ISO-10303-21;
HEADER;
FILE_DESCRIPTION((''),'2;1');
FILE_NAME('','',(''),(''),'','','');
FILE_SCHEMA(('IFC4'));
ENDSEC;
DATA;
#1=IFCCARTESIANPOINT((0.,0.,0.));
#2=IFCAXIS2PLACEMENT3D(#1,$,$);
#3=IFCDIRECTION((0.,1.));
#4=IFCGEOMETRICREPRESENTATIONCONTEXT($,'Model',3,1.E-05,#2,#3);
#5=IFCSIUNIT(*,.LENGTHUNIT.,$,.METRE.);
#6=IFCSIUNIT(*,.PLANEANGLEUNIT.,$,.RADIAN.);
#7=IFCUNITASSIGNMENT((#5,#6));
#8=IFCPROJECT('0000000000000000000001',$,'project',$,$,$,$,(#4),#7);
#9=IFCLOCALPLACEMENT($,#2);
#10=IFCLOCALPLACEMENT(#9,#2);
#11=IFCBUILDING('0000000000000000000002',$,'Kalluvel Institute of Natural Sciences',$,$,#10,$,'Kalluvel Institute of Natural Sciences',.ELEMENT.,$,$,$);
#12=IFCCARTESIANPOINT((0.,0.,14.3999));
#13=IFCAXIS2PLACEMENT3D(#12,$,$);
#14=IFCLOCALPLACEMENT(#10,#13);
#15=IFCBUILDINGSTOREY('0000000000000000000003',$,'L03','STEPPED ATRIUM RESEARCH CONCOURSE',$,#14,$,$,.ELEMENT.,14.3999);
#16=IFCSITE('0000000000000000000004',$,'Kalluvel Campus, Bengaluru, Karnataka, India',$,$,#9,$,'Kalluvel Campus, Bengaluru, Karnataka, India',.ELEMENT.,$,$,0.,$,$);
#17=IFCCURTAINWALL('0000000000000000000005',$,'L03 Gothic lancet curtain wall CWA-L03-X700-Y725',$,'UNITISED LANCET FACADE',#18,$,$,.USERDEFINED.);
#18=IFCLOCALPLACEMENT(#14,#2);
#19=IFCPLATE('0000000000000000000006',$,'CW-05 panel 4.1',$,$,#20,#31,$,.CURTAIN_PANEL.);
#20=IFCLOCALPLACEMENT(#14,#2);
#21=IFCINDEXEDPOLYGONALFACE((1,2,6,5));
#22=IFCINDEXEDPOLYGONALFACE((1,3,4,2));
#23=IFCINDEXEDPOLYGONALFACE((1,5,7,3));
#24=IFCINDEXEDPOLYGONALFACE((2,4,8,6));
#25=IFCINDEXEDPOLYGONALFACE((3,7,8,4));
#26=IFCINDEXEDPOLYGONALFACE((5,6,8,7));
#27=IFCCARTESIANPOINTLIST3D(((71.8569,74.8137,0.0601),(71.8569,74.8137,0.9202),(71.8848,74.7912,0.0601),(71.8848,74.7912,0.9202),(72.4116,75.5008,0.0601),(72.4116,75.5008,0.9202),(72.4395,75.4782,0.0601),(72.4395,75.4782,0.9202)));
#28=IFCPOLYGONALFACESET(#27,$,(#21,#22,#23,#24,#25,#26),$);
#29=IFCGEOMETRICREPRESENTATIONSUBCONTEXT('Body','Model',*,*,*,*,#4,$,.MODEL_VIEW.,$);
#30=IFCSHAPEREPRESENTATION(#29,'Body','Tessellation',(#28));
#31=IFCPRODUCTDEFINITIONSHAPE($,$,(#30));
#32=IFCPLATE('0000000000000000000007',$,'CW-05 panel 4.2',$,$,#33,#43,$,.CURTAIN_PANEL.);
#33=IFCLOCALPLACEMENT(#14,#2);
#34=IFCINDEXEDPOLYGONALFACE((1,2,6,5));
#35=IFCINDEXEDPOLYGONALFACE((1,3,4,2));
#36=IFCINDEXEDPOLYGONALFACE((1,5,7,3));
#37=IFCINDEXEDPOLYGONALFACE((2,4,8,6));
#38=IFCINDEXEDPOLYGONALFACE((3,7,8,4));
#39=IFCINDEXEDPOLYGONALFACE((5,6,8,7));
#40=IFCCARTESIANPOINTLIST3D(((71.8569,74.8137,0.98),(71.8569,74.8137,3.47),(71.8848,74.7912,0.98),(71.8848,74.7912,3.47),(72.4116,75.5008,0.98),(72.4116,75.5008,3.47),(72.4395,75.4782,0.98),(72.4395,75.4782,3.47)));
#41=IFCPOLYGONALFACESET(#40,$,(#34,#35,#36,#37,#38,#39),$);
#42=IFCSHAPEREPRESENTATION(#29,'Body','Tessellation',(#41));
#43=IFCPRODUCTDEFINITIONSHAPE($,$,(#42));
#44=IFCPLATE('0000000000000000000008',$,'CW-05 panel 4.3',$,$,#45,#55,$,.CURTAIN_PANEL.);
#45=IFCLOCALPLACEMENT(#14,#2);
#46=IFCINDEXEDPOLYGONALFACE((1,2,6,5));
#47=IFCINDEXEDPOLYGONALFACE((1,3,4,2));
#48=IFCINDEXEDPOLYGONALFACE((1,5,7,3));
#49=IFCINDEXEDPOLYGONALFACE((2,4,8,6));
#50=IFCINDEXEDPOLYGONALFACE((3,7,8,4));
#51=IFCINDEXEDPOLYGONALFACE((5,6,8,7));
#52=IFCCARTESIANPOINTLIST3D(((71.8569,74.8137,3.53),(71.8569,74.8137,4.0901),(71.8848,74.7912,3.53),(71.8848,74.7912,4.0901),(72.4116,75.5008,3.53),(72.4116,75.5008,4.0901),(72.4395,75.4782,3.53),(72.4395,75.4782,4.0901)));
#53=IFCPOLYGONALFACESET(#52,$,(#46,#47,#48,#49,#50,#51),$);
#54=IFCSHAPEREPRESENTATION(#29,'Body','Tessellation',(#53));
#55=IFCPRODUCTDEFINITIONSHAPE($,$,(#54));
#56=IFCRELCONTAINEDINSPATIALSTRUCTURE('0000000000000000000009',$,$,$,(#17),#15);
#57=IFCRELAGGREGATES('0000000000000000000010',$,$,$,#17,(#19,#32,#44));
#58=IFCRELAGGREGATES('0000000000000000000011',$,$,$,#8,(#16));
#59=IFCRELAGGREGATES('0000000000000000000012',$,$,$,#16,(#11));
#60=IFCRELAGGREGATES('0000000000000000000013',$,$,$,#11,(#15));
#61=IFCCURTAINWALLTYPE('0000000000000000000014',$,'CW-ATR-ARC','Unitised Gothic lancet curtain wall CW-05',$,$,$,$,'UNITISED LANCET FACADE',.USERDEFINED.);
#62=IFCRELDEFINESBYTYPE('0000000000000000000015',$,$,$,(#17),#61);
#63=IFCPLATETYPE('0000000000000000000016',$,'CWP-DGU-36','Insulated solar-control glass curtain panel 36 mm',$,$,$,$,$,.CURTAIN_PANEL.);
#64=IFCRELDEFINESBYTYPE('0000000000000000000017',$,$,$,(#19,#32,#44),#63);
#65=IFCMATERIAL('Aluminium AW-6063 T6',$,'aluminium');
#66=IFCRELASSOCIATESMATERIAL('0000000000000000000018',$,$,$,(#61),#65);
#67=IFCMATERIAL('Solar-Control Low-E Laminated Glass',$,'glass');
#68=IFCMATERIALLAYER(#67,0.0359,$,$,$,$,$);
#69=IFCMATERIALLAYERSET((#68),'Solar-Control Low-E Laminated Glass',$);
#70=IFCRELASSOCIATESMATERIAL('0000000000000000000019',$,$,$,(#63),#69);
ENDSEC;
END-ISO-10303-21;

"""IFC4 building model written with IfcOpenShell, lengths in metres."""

from ifc_helpers import new_model, si_unit, direction, frame, origin, origin_2d, place, context, subcontext, project, spatial, rectangle, extrude, material, layer, layer_set, type_object, element, aggregate, save


model = new_model("IFC4")

# Units and contexts
model_context = context("Model", 3, precision=1e-05, world=origin(), true_north=direction((0.0, 1.0)))
body_context = subcontext(model_context, "Body", "Model", "MODEL_VIEW")
ifc_project = project(units=[si_unit("LENGTHUNIT", "METRE"), si_unit("PLANEANGLEUNIT", "RADIAN")], contexts=[model_context])

# Site, building, storey
site_placement = place(None, origin())
site = spatial("IfcSite", under=ifc_project, at=site_placement, Name="Kalluvel Campus, Bengaluru, Karnataka, India", LongName="Kalluvel Campus, Bengaluru, Karnataka, India", CompositionType="ELEMENT", RefElevation=0.0)
building_placement = place(site_placement, origin())
building = spatial("IfcBuilding", under=site, at=building_placement, Name="Kalluvel Institute of Natural Sciences", LongName="Kalluvel Institute of Natural Sciences", CompositionType="ELEMENT")
storey_placement = place(building_placement, frame((0.0, 0.0, 14.3999)))
storey = spatial("IfcBuildingStorey", under=building, at=storey_placement, Name="L03", Description="STEPPED ATRIUM RESEARCH CONCOURSE", CompositionType="ELEMENT", Elevation=14.3999)

# Curtain wall, plates
ifc_material_1 = material(Name="Aluminium AW-6063 T6", Category="aluminium")
curtain_wall_type = type_object("IfcCurtainWallType", Name="CW-ATR-ARC", Description="Unitised Gothic lancet curtain wall CW-05", ElementType="UNITISED LANCET FACADE", PredefinedType="USERDEFINED", material=ifc_material_1)
curtain_wall_placement = place(storey_placement, origin())
curtain_wall = element("IfcCurtainWall", 1, at=curtain_wall_placement, inside=storey, type_object=curtain_wall_type, Name="L03 Gothic lancet curtain wall CWA-L03-X700-Y725", ObjectType="UNITISED LANCET FACADE", PredefinedType="USERDEFINED")
ifc_material_2 = material(Name="Solar-Control Low-E Laminated Glass", Category="glass")
ifc_layer = layer(ifc_material_2, 0.0359)
ifc_layer_set = layer_set([ifc_layer], Name="Solar-Control Low-E Laminated Glass")
plate_type = type_object("IfcPlateType", Name="CWP-DGU-36", Description="Insulated solar-control glass curtain panel 36 mm", PredefinedType="CURTAIN_PANEL", material=ifc_layer_set)
plate_1_placement = place(storey_placement, frame((72.1482, 75.146, 0.0601), z_axis=(0.0, 0.0, 1.0), x_axis=(0.628229, 0.778028, 0.0)))
plate_1 = element("IfcPlate", 2, at=plate_1_placement, type_object=plate_type, Name="CW-05 panel 4.1", PredefinedType="CURTAIN_PANEL", context=body_context, shape_type="SweptSolid", body=[
    extrude(rectangle(XDim=0.8831, YDim=0.0359, at=origin_2d()), origin(), (0.0, 0.0, 1.0), 0.8601),
])
plate_2_placement = place(storey_placement, frame((72.1482, 75.146, 0.98), z_axis=(0.0, 0.0, 1.0), x_axis=(0.628229, 0.778028, 0.0)))
plate_2 = element("IfcPlate", 3, at=plate_2_placement, type_object=plate_type, Name="CW-05 panel 4.2", PredefinedType="CURTAIN_PANEL", context=body_context, shape_type="SweptSolid", body=[
    extrude(rectangle(XDim=0.8831, YDim=0.0359, at=origin_2d()), origin(), (0.0, 0.0, 1.0), 2.49),
])
plate_3_placement = place(storey_placement, frame((72.1482, 75.146, 3.53), z_axis=(0.0, 0.0, 1.0), x_axis=(0.628229, 0.778028, 0.0)))
plate_3 = element("IfcPlate", 4, at=plate_3_placement, type_object=plate_type, Name="CW-05 panel 4.3", PredefinedType="CURTAIN_PANEL", context=body_context, shape_type="SweptSolid", body=[
    extrude(rectangle(XDim=0.8831, YDim=0.0359, at=origin_2d()), origin(), (0.0, 0.0, 1.0), 0.5601),
])
aggregate(curtain_wall, [plate_1, plate_2, plate_3])

save(model, "model.ifc")
